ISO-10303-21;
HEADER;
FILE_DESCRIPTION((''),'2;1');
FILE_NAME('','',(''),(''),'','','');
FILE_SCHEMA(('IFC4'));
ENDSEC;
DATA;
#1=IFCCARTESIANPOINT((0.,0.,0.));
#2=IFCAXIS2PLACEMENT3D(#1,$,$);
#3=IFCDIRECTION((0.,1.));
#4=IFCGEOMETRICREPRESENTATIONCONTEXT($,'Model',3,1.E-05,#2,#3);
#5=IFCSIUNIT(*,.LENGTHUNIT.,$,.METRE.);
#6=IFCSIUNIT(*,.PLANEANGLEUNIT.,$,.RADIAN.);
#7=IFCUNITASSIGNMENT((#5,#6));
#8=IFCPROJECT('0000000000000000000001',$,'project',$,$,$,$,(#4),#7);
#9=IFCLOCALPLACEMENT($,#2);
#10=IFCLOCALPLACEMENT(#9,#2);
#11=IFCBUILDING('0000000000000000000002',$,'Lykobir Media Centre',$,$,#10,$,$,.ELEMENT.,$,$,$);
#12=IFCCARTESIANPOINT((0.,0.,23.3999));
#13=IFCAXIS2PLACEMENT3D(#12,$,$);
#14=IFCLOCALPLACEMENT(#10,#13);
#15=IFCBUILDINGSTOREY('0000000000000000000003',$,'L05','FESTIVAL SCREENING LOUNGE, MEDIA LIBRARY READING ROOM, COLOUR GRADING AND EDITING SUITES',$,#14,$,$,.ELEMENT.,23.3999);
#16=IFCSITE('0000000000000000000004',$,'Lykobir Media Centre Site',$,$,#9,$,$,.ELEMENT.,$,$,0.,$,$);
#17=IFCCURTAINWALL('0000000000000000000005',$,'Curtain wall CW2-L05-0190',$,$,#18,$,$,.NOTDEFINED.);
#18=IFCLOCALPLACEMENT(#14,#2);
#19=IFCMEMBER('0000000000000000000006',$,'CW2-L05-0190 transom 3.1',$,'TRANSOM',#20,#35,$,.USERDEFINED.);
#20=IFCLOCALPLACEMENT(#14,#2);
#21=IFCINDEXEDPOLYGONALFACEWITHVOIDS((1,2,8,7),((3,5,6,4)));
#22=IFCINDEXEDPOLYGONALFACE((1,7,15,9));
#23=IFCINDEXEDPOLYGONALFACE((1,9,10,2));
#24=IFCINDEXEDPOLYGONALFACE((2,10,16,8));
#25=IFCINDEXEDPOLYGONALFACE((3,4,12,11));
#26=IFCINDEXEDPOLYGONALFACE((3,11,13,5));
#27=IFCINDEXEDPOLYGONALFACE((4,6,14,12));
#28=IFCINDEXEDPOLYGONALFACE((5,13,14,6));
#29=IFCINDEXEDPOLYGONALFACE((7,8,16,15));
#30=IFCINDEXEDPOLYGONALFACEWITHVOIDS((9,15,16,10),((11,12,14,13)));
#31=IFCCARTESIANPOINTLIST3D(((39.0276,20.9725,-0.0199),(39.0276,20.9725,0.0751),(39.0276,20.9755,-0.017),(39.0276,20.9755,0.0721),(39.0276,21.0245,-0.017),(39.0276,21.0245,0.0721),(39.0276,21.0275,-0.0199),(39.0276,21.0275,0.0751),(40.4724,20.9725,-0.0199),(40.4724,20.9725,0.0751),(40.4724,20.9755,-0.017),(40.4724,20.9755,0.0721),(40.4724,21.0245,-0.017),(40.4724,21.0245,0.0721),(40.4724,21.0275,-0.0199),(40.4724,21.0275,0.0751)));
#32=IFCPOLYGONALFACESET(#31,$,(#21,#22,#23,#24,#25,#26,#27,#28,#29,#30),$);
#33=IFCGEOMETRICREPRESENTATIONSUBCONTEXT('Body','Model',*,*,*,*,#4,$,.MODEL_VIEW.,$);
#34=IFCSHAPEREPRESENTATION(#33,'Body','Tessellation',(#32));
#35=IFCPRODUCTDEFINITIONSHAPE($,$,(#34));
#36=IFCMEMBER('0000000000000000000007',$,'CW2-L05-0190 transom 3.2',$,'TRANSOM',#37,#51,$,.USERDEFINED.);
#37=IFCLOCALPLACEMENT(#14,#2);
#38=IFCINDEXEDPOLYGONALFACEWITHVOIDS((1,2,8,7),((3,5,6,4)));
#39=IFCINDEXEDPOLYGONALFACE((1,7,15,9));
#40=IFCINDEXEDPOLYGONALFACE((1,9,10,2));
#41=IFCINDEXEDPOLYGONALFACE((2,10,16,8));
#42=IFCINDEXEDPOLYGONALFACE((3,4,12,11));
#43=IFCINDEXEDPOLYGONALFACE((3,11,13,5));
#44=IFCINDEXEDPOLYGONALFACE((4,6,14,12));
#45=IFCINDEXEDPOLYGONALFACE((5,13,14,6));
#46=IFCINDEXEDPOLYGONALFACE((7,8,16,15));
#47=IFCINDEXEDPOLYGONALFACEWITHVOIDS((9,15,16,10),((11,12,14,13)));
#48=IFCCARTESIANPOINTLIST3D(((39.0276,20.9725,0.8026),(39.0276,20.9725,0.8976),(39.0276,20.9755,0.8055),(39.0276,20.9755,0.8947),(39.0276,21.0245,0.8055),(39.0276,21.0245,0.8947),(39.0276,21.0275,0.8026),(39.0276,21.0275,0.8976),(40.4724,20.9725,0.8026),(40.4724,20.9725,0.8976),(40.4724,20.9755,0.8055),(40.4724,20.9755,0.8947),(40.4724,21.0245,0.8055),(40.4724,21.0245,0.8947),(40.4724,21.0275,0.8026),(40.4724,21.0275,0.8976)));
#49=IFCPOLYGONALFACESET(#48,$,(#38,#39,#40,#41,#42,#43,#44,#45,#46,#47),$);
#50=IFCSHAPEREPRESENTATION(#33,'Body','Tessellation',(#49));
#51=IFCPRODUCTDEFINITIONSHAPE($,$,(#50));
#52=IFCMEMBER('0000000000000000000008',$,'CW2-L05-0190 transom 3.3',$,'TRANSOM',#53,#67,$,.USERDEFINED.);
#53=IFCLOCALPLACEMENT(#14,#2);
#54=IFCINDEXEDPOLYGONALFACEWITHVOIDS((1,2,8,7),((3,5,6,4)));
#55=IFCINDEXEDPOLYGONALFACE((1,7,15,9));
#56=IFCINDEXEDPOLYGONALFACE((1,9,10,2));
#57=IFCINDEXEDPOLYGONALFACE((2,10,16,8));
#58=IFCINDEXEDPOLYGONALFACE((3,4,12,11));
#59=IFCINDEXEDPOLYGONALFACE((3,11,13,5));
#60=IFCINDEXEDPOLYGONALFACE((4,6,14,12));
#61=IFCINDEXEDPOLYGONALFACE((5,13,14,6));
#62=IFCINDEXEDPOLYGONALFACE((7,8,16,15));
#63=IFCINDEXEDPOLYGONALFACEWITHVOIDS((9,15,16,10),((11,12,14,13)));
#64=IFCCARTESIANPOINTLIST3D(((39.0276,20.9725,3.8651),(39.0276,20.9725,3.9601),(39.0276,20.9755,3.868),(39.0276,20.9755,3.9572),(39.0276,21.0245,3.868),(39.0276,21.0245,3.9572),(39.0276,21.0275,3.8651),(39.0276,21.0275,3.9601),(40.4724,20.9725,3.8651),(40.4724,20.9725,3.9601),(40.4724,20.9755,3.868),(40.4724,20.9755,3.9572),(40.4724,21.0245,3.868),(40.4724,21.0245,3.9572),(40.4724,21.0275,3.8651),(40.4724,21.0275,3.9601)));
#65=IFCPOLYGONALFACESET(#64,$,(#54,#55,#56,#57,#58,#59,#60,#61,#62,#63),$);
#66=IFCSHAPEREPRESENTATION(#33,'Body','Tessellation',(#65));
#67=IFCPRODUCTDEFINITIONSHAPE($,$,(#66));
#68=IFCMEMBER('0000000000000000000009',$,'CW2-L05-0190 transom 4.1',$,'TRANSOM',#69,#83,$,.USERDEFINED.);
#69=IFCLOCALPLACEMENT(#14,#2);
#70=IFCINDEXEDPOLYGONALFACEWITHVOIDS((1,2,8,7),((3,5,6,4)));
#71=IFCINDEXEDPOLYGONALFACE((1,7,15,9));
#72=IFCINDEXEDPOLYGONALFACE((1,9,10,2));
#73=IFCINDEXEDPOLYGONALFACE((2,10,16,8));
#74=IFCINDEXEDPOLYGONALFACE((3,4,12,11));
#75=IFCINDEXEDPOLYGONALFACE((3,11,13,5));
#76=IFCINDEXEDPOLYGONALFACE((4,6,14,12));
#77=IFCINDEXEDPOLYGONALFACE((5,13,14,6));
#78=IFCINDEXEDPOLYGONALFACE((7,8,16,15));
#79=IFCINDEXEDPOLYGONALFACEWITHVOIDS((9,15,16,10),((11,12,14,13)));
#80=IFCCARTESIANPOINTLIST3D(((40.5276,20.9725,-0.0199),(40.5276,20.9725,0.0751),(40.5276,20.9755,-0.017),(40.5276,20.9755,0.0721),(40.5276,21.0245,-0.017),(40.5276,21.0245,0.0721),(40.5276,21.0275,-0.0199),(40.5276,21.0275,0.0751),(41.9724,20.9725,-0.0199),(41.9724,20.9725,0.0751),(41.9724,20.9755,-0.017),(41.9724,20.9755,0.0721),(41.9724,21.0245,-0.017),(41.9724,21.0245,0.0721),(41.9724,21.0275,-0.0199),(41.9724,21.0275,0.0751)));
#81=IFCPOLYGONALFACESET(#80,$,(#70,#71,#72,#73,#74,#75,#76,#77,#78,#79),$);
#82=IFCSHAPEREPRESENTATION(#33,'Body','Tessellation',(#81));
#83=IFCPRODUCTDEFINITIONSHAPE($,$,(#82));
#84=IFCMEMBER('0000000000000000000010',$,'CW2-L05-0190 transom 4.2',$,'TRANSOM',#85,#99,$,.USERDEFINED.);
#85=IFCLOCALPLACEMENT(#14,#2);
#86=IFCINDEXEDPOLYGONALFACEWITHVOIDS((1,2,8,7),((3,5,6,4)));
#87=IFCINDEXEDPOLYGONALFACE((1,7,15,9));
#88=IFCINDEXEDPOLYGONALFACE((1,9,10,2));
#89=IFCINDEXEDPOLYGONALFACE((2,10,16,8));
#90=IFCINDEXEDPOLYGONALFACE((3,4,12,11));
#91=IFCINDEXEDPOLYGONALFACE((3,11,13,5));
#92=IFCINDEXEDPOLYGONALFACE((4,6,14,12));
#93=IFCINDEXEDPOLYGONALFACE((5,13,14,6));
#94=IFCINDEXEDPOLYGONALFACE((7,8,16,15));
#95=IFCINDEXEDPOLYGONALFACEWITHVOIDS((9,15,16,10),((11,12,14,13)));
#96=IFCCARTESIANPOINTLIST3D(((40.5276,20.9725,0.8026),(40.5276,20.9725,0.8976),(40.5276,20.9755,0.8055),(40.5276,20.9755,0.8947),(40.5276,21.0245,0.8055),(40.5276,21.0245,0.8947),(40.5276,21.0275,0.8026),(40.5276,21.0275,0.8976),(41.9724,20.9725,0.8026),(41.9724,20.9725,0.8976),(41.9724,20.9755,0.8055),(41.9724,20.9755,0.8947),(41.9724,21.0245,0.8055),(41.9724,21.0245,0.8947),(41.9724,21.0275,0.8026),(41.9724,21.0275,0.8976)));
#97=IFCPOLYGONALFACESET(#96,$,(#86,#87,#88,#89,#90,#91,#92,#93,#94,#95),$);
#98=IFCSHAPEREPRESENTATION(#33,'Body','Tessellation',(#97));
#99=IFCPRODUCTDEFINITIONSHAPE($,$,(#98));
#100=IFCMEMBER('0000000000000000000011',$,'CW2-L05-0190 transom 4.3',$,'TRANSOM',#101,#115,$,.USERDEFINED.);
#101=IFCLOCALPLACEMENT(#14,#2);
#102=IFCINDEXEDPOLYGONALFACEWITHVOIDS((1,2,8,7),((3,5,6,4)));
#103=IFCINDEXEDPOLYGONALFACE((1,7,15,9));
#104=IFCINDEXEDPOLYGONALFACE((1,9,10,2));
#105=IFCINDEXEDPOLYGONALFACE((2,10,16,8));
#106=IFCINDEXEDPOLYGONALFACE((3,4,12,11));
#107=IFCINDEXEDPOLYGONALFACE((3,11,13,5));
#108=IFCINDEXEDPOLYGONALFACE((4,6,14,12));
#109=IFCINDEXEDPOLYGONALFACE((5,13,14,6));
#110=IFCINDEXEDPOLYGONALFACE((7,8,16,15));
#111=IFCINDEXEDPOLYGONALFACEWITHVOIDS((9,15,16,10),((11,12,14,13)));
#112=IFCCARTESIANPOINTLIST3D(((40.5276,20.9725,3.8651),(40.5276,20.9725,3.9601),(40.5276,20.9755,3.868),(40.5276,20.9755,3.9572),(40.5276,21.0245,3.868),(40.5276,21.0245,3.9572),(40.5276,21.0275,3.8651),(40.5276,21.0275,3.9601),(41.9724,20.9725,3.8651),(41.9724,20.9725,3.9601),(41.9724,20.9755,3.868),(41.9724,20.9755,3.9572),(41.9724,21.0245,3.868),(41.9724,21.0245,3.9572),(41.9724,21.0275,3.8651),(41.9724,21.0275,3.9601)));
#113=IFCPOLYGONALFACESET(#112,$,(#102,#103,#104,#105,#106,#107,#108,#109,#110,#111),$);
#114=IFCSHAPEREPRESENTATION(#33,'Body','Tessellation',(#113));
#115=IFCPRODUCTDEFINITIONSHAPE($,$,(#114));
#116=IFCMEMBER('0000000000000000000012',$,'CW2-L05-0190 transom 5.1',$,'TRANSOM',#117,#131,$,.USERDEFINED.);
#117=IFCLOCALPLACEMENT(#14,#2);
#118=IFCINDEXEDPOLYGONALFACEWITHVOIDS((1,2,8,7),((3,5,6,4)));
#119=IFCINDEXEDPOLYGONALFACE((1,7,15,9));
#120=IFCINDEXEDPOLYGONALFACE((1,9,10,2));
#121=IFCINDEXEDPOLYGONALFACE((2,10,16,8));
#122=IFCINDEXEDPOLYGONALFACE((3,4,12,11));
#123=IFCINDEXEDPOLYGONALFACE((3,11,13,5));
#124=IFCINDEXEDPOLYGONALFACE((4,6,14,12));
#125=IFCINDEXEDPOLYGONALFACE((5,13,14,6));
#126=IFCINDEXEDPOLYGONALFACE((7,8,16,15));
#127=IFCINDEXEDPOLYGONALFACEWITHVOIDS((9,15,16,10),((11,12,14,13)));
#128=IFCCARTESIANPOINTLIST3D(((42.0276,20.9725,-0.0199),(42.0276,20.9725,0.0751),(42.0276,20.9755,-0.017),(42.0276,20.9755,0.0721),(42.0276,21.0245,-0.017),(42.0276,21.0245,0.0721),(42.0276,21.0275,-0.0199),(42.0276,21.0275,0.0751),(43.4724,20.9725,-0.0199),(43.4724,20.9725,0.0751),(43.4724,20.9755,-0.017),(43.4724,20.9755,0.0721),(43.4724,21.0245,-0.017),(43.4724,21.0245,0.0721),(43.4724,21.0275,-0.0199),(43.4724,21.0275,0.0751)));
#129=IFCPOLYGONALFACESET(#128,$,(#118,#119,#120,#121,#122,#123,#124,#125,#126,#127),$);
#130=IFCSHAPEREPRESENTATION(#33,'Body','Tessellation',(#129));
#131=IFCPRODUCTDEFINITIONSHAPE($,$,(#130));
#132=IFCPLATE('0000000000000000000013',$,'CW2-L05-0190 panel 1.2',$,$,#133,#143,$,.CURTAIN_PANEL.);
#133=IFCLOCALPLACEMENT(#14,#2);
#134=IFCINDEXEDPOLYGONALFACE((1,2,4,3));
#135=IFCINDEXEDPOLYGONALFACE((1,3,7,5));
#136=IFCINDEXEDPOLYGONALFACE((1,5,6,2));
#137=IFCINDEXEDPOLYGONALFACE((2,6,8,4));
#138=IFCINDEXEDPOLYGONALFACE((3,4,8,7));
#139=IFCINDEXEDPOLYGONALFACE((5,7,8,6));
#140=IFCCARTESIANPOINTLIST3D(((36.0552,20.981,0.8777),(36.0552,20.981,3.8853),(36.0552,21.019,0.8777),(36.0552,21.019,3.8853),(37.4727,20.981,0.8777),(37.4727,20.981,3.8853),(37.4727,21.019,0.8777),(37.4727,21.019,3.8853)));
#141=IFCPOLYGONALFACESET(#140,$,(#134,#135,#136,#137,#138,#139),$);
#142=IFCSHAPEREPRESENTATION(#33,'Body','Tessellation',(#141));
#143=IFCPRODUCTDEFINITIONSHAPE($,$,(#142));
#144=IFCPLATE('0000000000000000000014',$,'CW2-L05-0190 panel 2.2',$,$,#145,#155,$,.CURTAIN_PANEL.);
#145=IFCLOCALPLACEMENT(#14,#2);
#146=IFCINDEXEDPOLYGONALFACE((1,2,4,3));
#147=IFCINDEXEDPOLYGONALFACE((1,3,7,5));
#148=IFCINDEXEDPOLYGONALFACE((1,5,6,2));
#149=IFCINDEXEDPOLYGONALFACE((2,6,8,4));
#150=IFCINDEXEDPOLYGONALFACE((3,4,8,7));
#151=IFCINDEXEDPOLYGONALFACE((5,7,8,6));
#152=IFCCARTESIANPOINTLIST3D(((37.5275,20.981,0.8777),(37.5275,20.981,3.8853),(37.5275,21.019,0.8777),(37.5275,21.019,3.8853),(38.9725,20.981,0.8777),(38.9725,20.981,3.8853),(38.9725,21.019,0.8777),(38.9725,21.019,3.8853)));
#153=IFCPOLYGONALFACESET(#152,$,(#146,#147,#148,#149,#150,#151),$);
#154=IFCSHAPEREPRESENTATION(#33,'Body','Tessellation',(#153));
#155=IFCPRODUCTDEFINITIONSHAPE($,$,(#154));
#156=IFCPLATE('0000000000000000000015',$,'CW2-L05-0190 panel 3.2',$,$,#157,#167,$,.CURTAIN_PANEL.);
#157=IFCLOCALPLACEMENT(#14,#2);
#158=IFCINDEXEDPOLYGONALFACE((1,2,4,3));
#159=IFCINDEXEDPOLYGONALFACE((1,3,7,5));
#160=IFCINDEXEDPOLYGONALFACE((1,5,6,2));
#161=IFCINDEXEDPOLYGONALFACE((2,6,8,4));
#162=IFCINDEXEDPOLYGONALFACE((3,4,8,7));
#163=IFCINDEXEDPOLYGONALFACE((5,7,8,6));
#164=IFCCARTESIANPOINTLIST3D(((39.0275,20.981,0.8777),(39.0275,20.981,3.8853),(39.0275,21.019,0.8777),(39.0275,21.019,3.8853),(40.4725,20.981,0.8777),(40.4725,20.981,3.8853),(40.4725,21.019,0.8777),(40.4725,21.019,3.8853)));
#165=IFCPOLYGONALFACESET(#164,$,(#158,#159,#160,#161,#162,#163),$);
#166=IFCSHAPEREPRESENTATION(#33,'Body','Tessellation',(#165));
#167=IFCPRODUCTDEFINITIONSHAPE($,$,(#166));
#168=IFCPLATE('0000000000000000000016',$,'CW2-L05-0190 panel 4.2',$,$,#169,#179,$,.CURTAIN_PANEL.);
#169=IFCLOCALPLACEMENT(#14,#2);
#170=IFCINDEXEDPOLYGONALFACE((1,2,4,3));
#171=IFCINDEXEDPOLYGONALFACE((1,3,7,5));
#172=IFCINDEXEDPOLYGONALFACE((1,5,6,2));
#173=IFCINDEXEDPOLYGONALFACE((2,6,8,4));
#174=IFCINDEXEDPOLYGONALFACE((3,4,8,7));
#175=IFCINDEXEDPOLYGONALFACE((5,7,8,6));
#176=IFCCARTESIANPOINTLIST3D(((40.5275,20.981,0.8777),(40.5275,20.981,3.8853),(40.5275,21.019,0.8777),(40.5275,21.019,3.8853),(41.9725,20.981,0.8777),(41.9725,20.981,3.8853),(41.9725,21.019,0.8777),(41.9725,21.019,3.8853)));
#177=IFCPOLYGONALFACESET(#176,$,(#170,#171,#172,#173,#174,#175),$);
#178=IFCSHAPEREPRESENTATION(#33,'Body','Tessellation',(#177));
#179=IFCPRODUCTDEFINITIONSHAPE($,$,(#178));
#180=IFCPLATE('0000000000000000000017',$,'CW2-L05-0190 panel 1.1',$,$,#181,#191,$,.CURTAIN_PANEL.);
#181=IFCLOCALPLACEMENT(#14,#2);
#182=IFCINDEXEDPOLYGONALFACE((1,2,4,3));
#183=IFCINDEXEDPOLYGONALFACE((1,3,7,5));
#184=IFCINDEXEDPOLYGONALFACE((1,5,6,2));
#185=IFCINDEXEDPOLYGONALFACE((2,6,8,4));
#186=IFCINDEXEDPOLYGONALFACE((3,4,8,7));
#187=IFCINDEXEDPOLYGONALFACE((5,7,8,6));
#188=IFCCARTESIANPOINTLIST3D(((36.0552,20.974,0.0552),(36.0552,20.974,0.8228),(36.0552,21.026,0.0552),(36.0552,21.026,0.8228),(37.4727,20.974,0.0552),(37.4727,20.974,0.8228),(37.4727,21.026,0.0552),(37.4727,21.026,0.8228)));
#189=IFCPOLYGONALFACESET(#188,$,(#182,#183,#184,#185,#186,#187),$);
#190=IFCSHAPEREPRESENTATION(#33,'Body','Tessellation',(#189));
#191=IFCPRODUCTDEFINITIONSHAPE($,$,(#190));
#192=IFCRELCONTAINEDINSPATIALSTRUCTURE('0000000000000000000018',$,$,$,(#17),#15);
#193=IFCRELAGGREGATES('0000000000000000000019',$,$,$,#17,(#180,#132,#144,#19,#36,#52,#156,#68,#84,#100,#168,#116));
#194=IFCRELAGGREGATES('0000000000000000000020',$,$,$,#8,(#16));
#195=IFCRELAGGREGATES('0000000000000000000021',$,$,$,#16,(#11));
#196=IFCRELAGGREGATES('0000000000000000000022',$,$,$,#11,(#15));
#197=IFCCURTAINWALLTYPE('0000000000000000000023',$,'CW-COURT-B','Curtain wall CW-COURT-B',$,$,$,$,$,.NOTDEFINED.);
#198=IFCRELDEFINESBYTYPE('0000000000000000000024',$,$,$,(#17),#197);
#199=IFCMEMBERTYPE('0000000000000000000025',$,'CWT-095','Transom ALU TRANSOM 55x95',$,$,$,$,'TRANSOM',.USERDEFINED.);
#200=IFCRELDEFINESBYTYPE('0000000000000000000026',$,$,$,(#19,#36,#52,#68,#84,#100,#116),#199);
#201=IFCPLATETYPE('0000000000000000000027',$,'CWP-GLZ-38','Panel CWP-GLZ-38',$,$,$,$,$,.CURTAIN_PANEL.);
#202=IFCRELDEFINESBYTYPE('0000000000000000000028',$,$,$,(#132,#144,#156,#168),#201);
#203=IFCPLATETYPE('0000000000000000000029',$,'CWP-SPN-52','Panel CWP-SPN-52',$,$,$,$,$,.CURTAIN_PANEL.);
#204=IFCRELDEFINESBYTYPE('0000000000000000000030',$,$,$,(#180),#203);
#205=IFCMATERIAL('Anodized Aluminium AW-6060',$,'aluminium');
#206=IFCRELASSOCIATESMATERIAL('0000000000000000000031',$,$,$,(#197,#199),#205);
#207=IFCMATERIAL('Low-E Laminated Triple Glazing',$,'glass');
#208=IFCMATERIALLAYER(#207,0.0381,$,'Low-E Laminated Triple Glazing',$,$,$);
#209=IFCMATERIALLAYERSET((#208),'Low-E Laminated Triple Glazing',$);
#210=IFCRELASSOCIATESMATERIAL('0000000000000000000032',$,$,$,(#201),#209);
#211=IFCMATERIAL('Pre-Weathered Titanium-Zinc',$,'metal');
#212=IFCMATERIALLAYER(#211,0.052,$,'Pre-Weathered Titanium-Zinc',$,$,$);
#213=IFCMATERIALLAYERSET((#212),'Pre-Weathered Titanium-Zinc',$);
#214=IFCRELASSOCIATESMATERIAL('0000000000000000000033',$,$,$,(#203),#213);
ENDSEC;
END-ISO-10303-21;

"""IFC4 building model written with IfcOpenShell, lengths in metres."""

from ifc_helpers import new_model, si_unit, direction, frame, origin, origin_2d, place, context, subcontext, project, spatial, rectangle, hollow_rectangle, extrude, material, layer, layer_set, material_profile, profile_set, type_object, element, aggregate, save


model = new_model("IFC4")

# Units and contexts
model_context = context("Model", 3, precision=1e-05, world=origin(), true_north=direction((0.0, 1.0)))
body_context = subcontext(model_context, "Body", "Model", "MODEL_VIEW")
ifc_project = project(units=[si_unit("LENGTHUNIT", "METRE"), si_unit("PLANEANGLEUNIT", "RADIAN")], contexts=[model_context])

# Site, building, storey
site_placement = place(None, origin())
site = spatial("IfcSite", under=ifc_project, at=site_placement, Name="Lykobir Media Centre Site", CompositionType="ELEMENT", RefElevation=0.0)
building_placement = place(site_placement, origin())
building = spatial("IfcBuilding", under=site, at=building_placement, Name="Lykobir Media Centre", CompositionType="ELEMENT")
storey_placement = place(building_placement, frame((0.0, 0.0, 23.3999)))
storey = spatial("IfcBuildingStorey", under=building, at=storey_placement, Name="L05", Description="FESTIVAL SCREENING LOUNGE, MEDIA LIBRARY READING ROOM, COLOUR GRADING AND EDITING SUITES", CompositionType="ELEMENT", Elevation=23.3999)

# Curtain wall, members, plates
ifc_material_1 = material(Name="Anodized Aluminium AW-6060", Category="aluminium")
curtain_wall_type = type_object("IfcCurtainWallType", Name="CW-COURT-B", Description="Curtain wall CW-COURT-B", PredefinedType="NOTDEFINED", material=ifc_material_1)
curtain_wall_placement = place(storey_placement, origin())
curtain_wall = element("IfcCurtainWall", 1, at=curtain_wall_placement, inside=storey, type_object=curtain_wall_type, Name="Curtain wall CW2-L05-0190", PredefinedType="NOTDEFINED")
ifc_material_profile_1 = material_profile(ifc_material_1, hollow_rectangle(XDim=0.0549, YDim=0.095, WallThickness=0.0029, at=origin_2d()), Name="ALU TRANSOM 55x95")
ifc_profile_set_1 = profile_set([ifc_material_profile_1], Name="Anodized Aluminium AW-6060")
member_type_1 = type_object("IfcMemberType", Name="CWT-095", Description="Transom ALU TRANSOM 55x95", ElementType="TRANSOM", PredefinedType="USERDEFINED", material=ifc_profile_set_1)
member_1_placement = place(storey_placement, frame((39.0276, 21.0, 0.0276), z_axis=(1.0, 0.0, 0.0), x_axis=(0.0, 1.0, 0.0)))
member_1 = element("IfcMember", 2, at=member_1_placement, type_object=member_type_1, Name="CW2-L05-0190 transom 3.1", ObjectType="TRANSOM", PredefinedType="USERDEFINED", context=body_context, shape_type="SweptSolid", body=[
    extrude(hollow_rectangle(XDim=0.0549, YDim=0.095, WallThickness=0.0029, at=origin_2d()), origin(), (0.0, 0.0, 1.0), 1.4448),
])
member_2_placement = place(storey_placement, frame((39.0276, 21.0, 0.8501), z_axis=(1.0, 0.0, 0.0), x_axis=(0.0, 1.0, 0.0)))
member_2 = element("IfcMember", 3, at=member_2_placement, type_object=member_type_1, Name="CW2-L05-0190 transom 3.2", ObjectType="TRANSOM", PredefinedType="USERDEFINED", context=body_context, shape_type="SweptSolid", body=[
    extrude(hollow_rectangle(XDim=0.0549, YDim=0.095, WallThickness=0.0029, at=origin_2d()), origin(), (0.0, 0.0, 1.0), 1.4448),
])
member_3_placement = place(storey_placement, frame((39.0276, 21.0, 3.9126), z_axis=(1.0, 0.0, 0.0), x_axis=(0.0, 1.0, 0.0)))
member_3 = element("IfcMember", 4, at=member_3_placement, type_object=member_type_1, Name="CW2-L05-0190 transom 3.3", ObjectType="TRANSOM", PredefinedType="USERDEFINED", context=body_context, shape_type="SweptSolid", body=[
    extrude(hollow_rectangle(XDim=0.0549, YDim=0.095, WallThickness=0.0029, at=origin_2d()), origin(), (0.0, 0.0, 1.0), 1.4448),
])
member_4_placement = place(storey_placement, frame((40.5276, 21.0, 0.0276), z_axis=(1.0, 0.0, 0.0), x_axis=(0.0, 1.0, 0.0)))
member_4 = element("IfcMember", 5, at=member_4_placement, type_object=member_type_1, Name="CW2-L05-0190 transom 4.1", ObjectType="TRANSOM", PredefinedType="USERDEFINED", context=body_context, shape_type="SweptSolid", body=[
    extrude(hollow_rectangle(XDim=0.0549, YDim=0.095, WallThickness=0.0029, at=origin_2d()), origin(), (0.0, 0.0, 1.0), 1.4448),
])
member_5_placement = place(storey_placement, frame((40.5276, 21.0, 0.8501), z_axis=(1.0, 0.0, 0.0), x_axis=(0.0, 1.0, 0.0)))
member_5 = element("IfcMember", 6, at=member_5_placement, type_object=member_type_1, Name="CW2-L05-0190 transom 4.2", ObjectType="TRANSOM", PredefinedType="USERDEFINED", context=body_context, shape_type="SweptSolid", body=[
    extrude(hollow_rectangle(XDim=0.0549, YDim=0.095, WallThickness=0.0029, at=origin_2d()), origin(), (0.0, 0.0, 1.0), 1.4448),
])
member_6_placement = place(storey_placement, frame((40.5276, 21.0, 3.9126), z_axis=(1.0, 0.0, 0.0), x_axis=(0.0, 1.0, 0.0)))
member_6 = element("IfcMember", 7, at=member_6_placement, type_object=member_type_1, Name="CW2-L05-0190 transom 4.3", ObjectType="TRANSOM", PredefinedType="USERDEFINED", context=body_context, shape_type="SweptSolid", body=[
    extrude(hollow_rectangle(XDim=0.0549, YDim=0.095, WallThickness=0.0029, at=origin_2d()), origin(), (0.0, 0.0, 1.0), 1.4448),
])
member_7_placement = place(storey_placement, frame((42.0276, 21.0, 0.0276), z_axis=(1.0, 0.0, 0.0), x_axis=(0.0, 1.0, 0.0)))
member_7 = element("IfcMember", 8, at=member_7_placement, type_object=member_type_1, Name="CW2-L05-0190 transom 5.1", ObjectType="TRANSOM", PredefinedType="USERDEFINED", context=body_context, shape_type="SweptSolid", body=[
    extrude(hollow_rectangle(XDim=0.0549, YDim=0.095, WallThickness=0.0029, at=origin_2d()), origin(), (0.0, 0.0, 1.0), 1.4448),
])
ifc_material_2 = material(Name="Low-E Laminated Triple Glazing", Category="glass")
ifc_layer_1 = layer(ifc_material_2, 0.0381, Name="Low-E Laminated Triple Glazing")
ifc_layer_set_1 = layer_set([ifc_layer_1], Name="Low-E Laminated Triple Glazing")
plate_type_1 = type_object("IfcPlateType", Name="CWP-GLZ-38", Description="Panel CWP-GLZ-38", PredefinedType="CURTAIN_PANEL", material=ifc_layer_set_1)
plate_1_placement = place(storey_placement, frame((36.7639, 21.0, 0.8777), z_axis=(0.0, 0.0, 1.0), x_axis=(1.0, 0.0, 0.0)))
plate_1 = element("IfcPlate", 9, at=plate_1_placement, type_object=plate_type_1, Name="CW2-L05-0190 panel 1.2", PredefinedType="CURTAIN_PANEL", context=body_context, shape_type="SweptSolid", body=[
    extrude(rectangle(XDim=1.4175, YDim=0.0381, at=origin_2d()), origin(), (0.0, 0.0, 1.0), 3.0076),
])
plate_2_placement = place(storey_placement, frame((38.25, 21.0, 0.8777), z_axis=(0.0, 0.0, 1.0), x_axis=(1.0, 0.0, 0.0)))
plate_2 = element("IfcPlate", 10, at=plate_2_placement, type_object=plate_type_1, Name="CW2-L05-0190 panel 2.2", PredefinedType="CURTAIN_PANEL", context=body_context, shape_type="SweptSolid", body=[
    extrude(rectangle(XDim=1.4451, YDim=0.0381, at=origin_2d()), origin(), (0.0, 0.0, 1.0), 3.0076),
])
plate_3_placement = place(storey_placement, frame((39.75, 21.0, 0.8777), z_axis=(0.0, 0.0, 1.0), x_axis=(1.0, 0.0, 0.0)))
plate_3 = element("IfcPlate", 11, at=plate_3_placement, type_object=plate_type_1, Name="CW2-L05-0190 panel 3.2", PredefinedType="CURTAIN_PANEL", context=body_context, shape_type="SweptSolid", body=[
    extrude(rectangle(XDim=1.4451, YDim=0.0381, at=origin_2d()), origin(), (0.0, 0.0, 1.0), 3.0076),
])
plate_4_placement = place(storey_placement, frame((41.25, 21.0, 0.8777), z_axis=(0.0, 0.0, 1.0), x_axis=(1.0, 0.0, 0.0)))
plate_4 = element("IfcPlate", 12, at=plate_4_placement, type_object=plate_type_1, Name="CW2-L05-0190 panel 4.2", PredefinedType="CURTAIN_PANEL", context=body_context, shape_type="SweptSolid", body=[
    extrude(rectangle(XDim=1.4451, YDim=0.0381, at=origin_2d()), origin(), (0.0, 0.0, 1.0), 3.0076),
])
ifc_material_3 = material(Name="Pre-Weathered Titanium-Zinc", Category="metal")
ifc_layer_2 = layer(ifc_material_3, 0.052, Name="Pre-Weathered Titanium-Zinc")
ifc_layer_set_2 = layer_set([ifc_layer_2], Name="Pre-Weathered Titanium-Zinc")
plate_type_2 = type_object("IfcPlateType", Name="CWP-SPN-52", Description="Panel CWP-SPN-52", PredefinedType="CURTAIN_PANEL", material=ifc_layer_set_2)
plate_5_placement = place(storey_placement, frame((36.7639, 21.0, 0.0552), z_axis=(0.0, 0.0, 1.0), x_axis=(1.0, 0.0, 0.0)))
plate_5 = element("IfcPlate", 13, at=plate_5_placement, type_object=plate_type_2, Name="CW2-L05-0190 panel 1.1", PredefinedType="CURTAIN_PANEL", context=body_context, shape_type="SweptSolid", body=[
    extrude(rectangle(XDim=1.4175, YDim=0.052, at=origin_2d()), origin(), (0.0, 0.0, 1.0), 0.7676),
])
aggregate(curtain_wall, [plate_5, plate_1, plate_2, member_1, member_2, member_3, plate_3, member_4, member_5, member_6, plate_4, member_7])

save(model, "model.ifc")
